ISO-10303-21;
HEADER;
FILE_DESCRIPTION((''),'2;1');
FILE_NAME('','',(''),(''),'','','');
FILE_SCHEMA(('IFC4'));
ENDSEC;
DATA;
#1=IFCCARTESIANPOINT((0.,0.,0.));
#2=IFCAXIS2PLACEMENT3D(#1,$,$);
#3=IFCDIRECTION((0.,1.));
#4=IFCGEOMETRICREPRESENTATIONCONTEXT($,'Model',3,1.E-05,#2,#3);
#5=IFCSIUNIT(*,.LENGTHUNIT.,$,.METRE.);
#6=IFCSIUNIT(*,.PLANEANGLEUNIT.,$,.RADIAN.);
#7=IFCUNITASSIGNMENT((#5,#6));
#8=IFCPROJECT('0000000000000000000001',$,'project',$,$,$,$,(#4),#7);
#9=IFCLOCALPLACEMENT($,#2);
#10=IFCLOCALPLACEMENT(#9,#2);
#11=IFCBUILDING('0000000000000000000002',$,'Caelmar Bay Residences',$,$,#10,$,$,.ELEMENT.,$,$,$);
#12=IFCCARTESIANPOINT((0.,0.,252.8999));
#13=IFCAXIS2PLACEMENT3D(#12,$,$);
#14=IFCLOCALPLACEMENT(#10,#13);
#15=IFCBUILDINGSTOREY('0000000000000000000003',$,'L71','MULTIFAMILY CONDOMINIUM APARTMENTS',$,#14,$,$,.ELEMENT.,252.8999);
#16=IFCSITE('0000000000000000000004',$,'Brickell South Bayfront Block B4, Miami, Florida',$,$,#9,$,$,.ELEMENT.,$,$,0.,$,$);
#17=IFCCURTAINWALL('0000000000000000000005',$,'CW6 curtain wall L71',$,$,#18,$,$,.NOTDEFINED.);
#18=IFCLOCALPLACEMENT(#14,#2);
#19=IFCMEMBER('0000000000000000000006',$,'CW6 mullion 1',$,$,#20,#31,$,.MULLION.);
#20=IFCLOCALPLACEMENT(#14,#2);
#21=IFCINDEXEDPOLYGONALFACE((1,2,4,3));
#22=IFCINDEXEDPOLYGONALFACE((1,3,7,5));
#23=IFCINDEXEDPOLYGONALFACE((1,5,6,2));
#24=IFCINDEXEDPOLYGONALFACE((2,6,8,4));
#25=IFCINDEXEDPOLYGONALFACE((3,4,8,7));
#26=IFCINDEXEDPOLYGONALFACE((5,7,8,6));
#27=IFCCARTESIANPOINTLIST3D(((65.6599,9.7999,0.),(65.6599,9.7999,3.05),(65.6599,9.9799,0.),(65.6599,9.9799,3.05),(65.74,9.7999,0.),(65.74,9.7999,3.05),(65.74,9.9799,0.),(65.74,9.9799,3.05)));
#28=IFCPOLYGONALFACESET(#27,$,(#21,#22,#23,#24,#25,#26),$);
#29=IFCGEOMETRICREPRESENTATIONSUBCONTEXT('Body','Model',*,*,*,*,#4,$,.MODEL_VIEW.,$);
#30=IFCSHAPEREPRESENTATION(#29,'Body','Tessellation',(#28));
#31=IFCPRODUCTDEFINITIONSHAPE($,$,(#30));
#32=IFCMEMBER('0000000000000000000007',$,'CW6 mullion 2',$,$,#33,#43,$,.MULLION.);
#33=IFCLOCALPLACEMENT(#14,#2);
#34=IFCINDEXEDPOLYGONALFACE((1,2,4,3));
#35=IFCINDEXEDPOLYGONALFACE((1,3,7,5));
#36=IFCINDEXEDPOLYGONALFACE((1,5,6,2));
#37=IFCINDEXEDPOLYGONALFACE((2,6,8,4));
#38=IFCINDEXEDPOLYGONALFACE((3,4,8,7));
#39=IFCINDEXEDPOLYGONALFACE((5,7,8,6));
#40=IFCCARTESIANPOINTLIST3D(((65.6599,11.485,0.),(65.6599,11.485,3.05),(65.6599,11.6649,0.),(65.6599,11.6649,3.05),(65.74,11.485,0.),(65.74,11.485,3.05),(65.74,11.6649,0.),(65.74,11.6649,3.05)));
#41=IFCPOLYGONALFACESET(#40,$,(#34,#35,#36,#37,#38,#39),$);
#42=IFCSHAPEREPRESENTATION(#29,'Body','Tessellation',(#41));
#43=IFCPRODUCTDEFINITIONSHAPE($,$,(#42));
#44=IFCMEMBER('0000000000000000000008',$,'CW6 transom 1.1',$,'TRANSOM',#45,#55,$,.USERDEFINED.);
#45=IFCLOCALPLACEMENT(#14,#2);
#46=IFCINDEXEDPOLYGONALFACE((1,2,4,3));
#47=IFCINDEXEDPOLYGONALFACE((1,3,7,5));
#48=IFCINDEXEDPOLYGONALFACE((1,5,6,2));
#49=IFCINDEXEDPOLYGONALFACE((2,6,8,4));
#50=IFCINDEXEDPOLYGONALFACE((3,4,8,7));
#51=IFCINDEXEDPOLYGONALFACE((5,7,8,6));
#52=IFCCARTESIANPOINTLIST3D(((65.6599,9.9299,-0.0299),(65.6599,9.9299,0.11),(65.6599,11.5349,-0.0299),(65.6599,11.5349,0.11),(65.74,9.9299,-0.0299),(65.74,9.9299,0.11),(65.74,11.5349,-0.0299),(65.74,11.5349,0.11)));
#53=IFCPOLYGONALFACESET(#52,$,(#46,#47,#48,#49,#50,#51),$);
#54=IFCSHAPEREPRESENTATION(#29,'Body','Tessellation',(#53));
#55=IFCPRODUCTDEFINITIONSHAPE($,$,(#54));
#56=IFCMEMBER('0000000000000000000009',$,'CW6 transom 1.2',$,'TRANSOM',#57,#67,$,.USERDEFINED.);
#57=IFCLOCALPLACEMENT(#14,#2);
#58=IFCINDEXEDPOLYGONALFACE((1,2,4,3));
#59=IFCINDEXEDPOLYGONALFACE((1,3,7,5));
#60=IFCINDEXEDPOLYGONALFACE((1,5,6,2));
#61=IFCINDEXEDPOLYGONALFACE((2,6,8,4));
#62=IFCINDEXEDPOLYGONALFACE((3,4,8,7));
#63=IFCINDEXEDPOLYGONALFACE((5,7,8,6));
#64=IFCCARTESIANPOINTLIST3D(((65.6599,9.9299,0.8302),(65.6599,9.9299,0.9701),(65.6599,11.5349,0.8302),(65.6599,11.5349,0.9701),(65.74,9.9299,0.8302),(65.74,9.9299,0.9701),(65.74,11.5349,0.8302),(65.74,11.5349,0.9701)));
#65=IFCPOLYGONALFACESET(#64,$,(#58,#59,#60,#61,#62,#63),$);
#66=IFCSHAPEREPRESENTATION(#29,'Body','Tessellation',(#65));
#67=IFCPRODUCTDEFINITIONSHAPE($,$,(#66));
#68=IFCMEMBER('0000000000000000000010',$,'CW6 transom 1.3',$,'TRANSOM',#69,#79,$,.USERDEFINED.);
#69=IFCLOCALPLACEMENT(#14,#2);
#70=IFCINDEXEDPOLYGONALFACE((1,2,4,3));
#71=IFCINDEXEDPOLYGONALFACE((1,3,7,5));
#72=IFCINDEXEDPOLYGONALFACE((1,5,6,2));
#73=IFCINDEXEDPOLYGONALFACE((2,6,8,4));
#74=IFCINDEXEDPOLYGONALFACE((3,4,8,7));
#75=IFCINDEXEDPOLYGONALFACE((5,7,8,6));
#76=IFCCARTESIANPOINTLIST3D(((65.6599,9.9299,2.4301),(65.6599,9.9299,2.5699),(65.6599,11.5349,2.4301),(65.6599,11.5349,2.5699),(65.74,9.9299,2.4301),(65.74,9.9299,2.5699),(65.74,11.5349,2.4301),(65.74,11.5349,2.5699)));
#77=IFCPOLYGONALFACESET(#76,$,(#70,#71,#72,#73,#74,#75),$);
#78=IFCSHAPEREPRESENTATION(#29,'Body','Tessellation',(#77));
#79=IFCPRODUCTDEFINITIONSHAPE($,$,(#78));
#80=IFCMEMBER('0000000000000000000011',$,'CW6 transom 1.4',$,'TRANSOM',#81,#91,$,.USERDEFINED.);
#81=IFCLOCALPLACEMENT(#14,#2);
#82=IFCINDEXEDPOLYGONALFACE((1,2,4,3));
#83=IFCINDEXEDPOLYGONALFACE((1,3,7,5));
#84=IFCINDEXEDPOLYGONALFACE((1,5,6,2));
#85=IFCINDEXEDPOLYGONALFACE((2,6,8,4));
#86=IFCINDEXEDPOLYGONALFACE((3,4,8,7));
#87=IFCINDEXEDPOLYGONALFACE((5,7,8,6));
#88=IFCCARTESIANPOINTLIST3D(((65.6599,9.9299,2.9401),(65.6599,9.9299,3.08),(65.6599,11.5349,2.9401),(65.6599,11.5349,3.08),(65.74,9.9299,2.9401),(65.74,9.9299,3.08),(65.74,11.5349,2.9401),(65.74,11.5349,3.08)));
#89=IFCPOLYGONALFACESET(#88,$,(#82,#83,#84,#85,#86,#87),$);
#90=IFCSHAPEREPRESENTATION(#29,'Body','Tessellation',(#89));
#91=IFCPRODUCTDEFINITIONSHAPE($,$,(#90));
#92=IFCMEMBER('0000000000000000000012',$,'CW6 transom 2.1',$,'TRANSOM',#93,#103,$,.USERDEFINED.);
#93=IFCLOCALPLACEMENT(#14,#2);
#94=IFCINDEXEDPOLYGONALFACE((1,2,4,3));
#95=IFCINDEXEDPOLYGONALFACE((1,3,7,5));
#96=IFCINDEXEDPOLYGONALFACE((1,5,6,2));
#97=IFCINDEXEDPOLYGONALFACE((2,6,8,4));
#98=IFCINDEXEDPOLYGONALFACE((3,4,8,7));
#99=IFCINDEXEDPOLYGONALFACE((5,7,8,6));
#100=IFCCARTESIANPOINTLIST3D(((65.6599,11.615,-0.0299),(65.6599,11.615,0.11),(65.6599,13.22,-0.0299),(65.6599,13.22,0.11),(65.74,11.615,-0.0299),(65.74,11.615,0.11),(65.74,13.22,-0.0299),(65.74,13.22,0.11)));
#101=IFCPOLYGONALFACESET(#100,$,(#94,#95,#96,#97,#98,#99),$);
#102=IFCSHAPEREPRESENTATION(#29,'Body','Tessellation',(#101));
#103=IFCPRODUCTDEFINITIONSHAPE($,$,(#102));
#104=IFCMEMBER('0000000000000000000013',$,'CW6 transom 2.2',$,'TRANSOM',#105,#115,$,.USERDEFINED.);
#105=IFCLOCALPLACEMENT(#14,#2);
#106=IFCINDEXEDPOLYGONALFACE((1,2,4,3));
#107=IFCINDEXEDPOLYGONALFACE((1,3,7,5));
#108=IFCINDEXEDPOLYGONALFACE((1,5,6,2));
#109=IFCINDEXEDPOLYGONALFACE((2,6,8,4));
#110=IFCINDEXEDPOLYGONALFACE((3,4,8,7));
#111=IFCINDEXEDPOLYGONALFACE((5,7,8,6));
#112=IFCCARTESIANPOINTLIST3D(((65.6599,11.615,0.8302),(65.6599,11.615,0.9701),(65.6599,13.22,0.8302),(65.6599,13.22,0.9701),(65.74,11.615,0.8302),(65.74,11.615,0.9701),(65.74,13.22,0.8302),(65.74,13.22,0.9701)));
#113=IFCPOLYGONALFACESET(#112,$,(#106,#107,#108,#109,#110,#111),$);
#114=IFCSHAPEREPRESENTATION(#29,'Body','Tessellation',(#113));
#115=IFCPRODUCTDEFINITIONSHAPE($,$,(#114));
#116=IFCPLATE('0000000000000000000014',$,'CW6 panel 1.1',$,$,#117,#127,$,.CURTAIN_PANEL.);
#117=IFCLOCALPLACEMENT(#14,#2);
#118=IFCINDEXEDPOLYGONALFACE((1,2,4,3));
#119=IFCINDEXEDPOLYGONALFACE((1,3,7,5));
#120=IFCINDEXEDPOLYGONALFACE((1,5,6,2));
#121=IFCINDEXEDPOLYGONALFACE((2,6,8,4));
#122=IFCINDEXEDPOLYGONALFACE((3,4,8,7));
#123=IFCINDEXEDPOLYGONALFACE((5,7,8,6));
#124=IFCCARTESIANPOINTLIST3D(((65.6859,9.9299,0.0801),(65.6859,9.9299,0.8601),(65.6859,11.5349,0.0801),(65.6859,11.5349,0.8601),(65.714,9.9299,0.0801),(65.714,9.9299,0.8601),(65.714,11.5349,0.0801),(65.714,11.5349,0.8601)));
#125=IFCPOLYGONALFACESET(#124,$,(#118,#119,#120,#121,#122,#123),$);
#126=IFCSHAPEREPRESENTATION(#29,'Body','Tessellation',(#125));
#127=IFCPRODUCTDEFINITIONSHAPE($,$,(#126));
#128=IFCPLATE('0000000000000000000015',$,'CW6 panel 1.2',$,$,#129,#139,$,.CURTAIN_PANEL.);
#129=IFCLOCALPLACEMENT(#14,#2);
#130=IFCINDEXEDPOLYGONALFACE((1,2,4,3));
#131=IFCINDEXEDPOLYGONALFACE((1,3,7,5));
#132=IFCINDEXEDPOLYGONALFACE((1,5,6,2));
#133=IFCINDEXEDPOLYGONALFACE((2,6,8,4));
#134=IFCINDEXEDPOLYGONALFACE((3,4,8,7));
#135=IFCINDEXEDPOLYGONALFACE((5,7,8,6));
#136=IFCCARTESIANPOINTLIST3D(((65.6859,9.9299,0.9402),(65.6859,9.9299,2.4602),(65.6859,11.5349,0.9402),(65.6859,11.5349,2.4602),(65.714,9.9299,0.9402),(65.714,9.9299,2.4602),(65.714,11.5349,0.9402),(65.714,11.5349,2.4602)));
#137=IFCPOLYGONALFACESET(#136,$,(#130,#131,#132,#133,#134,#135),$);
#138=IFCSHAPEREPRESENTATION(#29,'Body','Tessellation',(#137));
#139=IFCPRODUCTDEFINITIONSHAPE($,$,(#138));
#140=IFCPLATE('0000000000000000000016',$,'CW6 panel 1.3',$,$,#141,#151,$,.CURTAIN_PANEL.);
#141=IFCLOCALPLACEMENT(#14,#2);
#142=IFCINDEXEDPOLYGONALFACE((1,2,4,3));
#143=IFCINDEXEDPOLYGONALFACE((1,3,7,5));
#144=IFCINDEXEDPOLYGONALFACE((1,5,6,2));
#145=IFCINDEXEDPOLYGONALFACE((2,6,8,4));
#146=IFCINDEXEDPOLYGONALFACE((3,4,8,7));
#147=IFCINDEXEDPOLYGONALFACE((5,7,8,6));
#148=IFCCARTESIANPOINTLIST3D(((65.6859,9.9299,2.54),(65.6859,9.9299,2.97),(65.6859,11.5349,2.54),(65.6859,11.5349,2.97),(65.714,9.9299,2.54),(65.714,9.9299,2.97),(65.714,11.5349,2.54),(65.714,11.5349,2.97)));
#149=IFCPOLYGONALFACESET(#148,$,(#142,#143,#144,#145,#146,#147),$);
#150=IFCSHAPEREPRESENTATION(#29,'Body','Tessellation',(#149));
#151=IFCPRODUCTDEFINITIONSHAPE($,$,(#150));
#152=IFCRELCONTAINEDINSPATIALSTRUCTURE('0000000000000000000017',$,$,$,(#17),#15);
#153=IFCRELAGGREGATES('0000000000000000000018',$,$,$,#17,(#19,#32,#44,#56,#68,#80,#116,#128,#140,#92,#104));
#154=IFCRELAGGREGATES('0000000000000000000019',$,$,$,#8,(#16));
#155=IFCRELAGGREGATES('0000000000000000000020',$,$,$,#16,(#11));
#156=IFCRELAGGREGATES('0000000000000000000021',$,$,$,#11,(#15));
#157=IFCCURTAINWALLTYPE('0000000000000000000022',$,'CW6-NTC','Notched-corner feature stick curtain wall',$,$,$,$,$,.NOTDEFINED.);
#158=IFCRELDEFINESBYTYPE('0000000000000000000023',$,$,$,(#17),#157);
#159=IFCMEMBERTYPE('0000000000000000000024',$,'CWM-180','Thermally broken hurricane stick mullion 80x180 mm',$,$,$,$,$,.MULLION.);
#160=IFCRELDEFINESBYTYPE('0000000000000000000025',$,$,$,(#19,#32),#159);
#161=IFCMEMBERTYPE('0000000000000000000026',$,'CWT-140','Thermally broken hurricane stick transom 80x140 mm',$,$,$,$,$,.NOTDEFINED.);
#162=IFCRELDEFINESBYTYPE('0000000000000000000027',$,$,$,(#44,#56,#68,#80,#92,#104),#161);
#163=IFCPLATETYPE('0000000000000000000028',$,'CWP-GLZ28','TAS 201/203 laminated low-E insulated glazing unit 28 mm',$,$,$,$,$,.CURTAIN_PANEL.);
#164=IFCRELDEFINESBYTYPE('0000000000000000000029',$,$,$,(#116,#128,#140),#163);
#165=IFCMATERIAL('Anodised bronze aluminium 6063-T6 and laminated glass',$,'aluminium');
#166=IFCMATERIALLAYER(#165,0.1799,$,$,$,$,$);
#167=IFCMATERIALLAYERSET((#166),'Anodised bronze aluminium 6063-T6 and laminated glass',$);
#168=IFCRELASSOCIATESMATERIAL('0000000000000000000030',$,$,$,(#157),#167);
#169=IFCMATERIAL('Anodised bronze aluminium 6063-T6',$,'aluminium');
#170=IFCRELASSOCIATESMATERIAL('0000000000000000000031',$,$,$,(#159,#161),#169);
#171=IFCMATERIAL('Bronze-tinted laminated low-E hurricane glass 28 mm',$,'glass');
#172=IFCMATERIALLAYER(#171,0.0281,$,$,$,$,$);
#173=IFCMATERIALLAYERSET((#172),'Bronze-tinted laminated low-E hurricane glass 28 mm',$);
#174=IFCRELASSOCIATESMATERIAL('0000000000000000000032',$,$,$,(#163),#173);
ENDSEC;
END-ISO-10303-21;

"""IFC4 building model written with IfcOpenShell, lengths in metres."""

from ifc_helpers import new_model, si_unit, direction, frame, origin, origin_2d, place, context, subcontext, project, spatial, rectangle, extrude, material, layer, layer_set, material_profile, profile_set, type_object, element, aggregate, save


model = new_model("IFC4")

# Units and contexts
model_context = context("Model", 3, precision=1e-05, world=origin(), true_north=direction((0.0, 1.0)))
body_context = subcontext(model_context, "Body", "Model", "MODEL_VIEW")
ifc_project = project(units=[si_unit("LENGTHUNIT", "METRE"), si_unit("PLANEANGLEUNIT", "RADIAN")], contexts=[model_context])

# Site, building, storey
site_placement = place(None, origin())
site = spatial("IfcSite", under=ifc_project, at=site_placement, Name="Brickell South Bayfront Block B4, Miami, Florida", CompositionType="ELEMENT", RefElevation=0.0)
building_placement = place(site_placement, origin())
building = spatial("IfcBuilding", under=site, at=building_placement, Name="Caelmar Bay Residences", CompositionType="ELEMENT")
storey_placement = place(building_placement, frame((0.0, 0.0, 252.8999)))
storey = spatial("IfcBuildingStorey", under=building, at=storey_placement, Name="L71", Description="MULTIFAMILY CONDOMINIUM APARTMENTS", CompositionType="ELEMENT", Elevation=252.8999)

# Curtain wall, members, plates
ifc_material_1 = material(Name="Anodised bronze aluminium 6063-T6 and laminated glass", Category="aluminium")
ifc_layer_1 = layer(ifc_material_1, 0.1799)
ifc_layer_set_1 = layer_set([ifc_layer_1], Name="Anodised bronze aluminium 6063-T6 and laminated glass")
curtain_wall_type = type_object("IfcCurtainWallType", Name="CW6-NTC", Description="Notched-corner feature stick curtain wall", PredefinedType="NOTDEFINED", material=ifc_layer_set_1)
curtain_wall_placement = place(storey_placement, origin())
curtain_wall = element("IfcCurtainWall", 1, at=curtain_wall_placement, inside=storey, type_object=curtain_wall_type, Name="CW6 curtain wall L71", PredefinedType="NOTDEFINED")
ifc_material_2 = material(Name="Anodised bronze aluminium 6063-T6", Category="aluminium")
ifc_material_profile_1 = material_profile(ifc_material_2, rectangle(XDim=0.0801, YDim=0.1799, at=origin_2d()), Name="CWM-80X180")
ifc_profile_set_1 = profile_set([ifc_material_profile_1], Name="Anodised bronze aluminium 6063-T6")
member_type_1 = type_object("IfcMemberType", Name="CWM-180", Description="Thermally broken hurricane stick mullion 80x180 mm", PredefinedType="MULLION", material=ifc_profile_set_1)
member_1_placement = place(storey_placement, frame((65.7, 9.8899, 0.0), z_axis=(0.0, 0.0, 1.0), x_axis=(-1.0, 0.0, 0.0)))
member_1 = element("IfcMember", 2, at=member_1_placement, type_object=member_type_1, Name="CW6 mullion 1", PredefinedType="MULLION", context=body_context, shape_type="SweptSolid", body=[
    extrude(rectangle(XDim=0.0801, YDim=0.1799, at=origin_2d()), origin(), (0.0, 0.0, 1.0), 3.05),
])
member_2_placement = place(storey_placement, frame((65.7, 11.575, 0.0), z_axis=(0.0, 0.0, 1.0), x_axis=(-1.0, 0.0, 0.0)))
member_2 = element("IfcMember", 3, at=member_2_placement, type_object=member_type_1, Name="CW6 mullion 2", PredefinedType="MULLION", context=body_context, shape_type="SweptSolid", body=[
    extrude(rectangle(XDim=0.0801, YDim=0.1799, at=origin_2d()), origin(), (0.0, 0.0, 1.0), 3.05),
])
ifc_material_profile_2 = material_profile(ifc_material_2, rectangle(XDim=0.0801, YDim=0.1399, at=origin_2d()), Name="CWT-80X140")
ifc_profile_set_2 = profile_set([ifc_material_profile_2], Name="Anodised bronze aluminium 6063-T6")
member_type_2 = type_object("IfcMemberType", Name="CWT-140", Description="Thermally broken hurricane stick transom 80x140 mm", PredefinedType="NOTDEFINED", material=ifc_profile_set_2)
member_3_placement = place(storey_placement, frame((65.7, 9.9299, 0.04), z_axis=(0.0, 1.0, 0.0), x_axis=(-1.0, 0.0, 0.0)))
member_3 = element("IfcMember", 4, at=member_3_placement, type_object=member_type_2, Name="CW6 transom 1.1", ObjectType="TRANSOM", PredefinedType="USERDEFINED", context=body_context, shape_type="SweptSolid", body=[
    extrude(rectangle(XDim=0.0801, YDim=0.1399, at=origin_2d()), origin(), (0.0, 0.0, 1.0), 1.605),
])
member_4_placement = place(storey_placement, frame((65.7, 9.9299, 0.9001), z_axis=(0.0, 1.0, 0.0), x_axis=(-1.0, 0.0, 0.0)))
member_4 = element("IfcMember", 5, at=member_4_placement, type_object=member_type_2, Name="CW6 transom 1.2", ObjectType="TRANSOM", PredefinedType="USERDEFINED", context=body_context, shape_type="SweptSolid", body=[
    extrude(rectangle(XDim=0.0801, YDim=0.1399, at=origin_2d()), origin(), (0.0, 0.0, 1.0), 1.605),
])
member_5_placement = place(storey_placement, frame((65.7, 9.9299, 2.5), z_axis=(0.0, 1.0, 0.0), x_axis=(-1.0, 0.0, 0.0)))
member_5 = element("IfcMember", 6, at=member_5_placement, type_object=member_type_2, Name="CW6 transom 1.3", ObjectType="TRANSOM", PredefinedType="USERDEFINED", context=body_context, shape_type="SweptSolid", body=[
    extrude(rectangle(XDim=0.0801, YDim=0.1399, at=origin_2d()), origin(), (0.0, 0.0, 1.0), 1.605),
])
member_6_placement = place(storey_placement, frame((65.7, 9.9299, 3.01), z_axis=(0.0, 1.0, 0.0), x_axis=(-1.0, 0.0, 0.0)))
member_6 = element("IfcMember", 7, at=member_6_placement, type_object=member_type_2, Name="CW6 transom 1.4", ObjectType="TRANSOM", PredefinedType="USERDEFINED", context=body_context, shape_type="SweptSolid", body=[
    extrude(rectangle(XDim=0.0801, YDim=0.1399, at=origin_2d()), origin(), (0.0, 0.0, 1.0), 1.605),
])
member_7_placement = place(storey_placement, frame((65.7, 11.615, 0.04), z_axis=(0.0, 1.0, 0.0), x_axis=(-1.0, 0.0, 0.0)))
member_7 = element("IfcMember", 8, at=member_7_placement, type_object=member_type_2, Name="CW6 transom 2.1", ObjectType="TRANSOM", PredefinedType="USERDEFINED", context=body_context, shape_type="SweptSolid", body=[
    extrude(rectangle(XDim=0.0801, YDim=0.1399, at=origin_2d()), origin(), (0.0, 0.0, 1.0), 1.605),
])
member_8_placement = place(storey_placement, frame((65.7, 11.615, 0.9001), z_axis=(0.0, 1.0, 0.0), x_axis=(-1.0, 0.0, 0.0)))
member_8 = element("IfcMember", 9, at=member_8_placement, type_object=member_type_2, Name="CW6 transom 2.2", ObjectType="TRANSOM", PredefinedType="USERDEFINED", context=body_context, shape_type="SweptSolid", body=[
    extrude(rectangle(XDim=0.0801, YDim=0.1399, at=origin_2d()), origin(), (0.0, 0.0, 1.0), 1.605),
])
ifc_material_3 = material(Name="Bronze-tinted laminated low-E hurricane glass 28 mm", Category="glass")
ifc_layer_2 = layer(ifc_material_3, 0.0281)
ifc_layer_set_2 = layer_set([ifc_layer_2], Name="Bronze-tinted laminated low-E hurricane glass 28 mm")
plate_type = type_object("IfcPlateType", Name="CWP-GLZ28", Description="TAS 201/203 laminated low-E insulated glazing unit 28 mm", PredefinedType="CURTAIN_PANEL", material=ifc_layer_set_2)
plate_1_placement = place(storey_placement, frame((65.7, 10.7324, 0.0801), z_axis=(0.0, 0.0, 1.0), x_axis=(0.0, 1.0, 0.0)))
plate_1 = element("IfcPlate", 10, at=plate_1_placement, type_object=plate_type, Name="CW6 panel 1.1", PredefinedType="CURTAIN_PANEL", context=body_context, shape_type="SweptSolid", body=[
    extrude(rectangle(XDim=1.605, YDim=0.0281, at=origin_2d()), origin(), (0.0, 0.0, 1.0), 0.78),
])
plate_2_placement = place(storey_placement, frame((65.7, 10.7324, 0.9402), z_axis=(0.0, 0.0, 1.0), x_axis=(0.0, 1.0, 0.0)))
plate_2 = element("IfcPlate", 11, at=plate_2_placement, type_object=plate_type, Name="CW6 panel 1.2", PredefinedType="CURTAIN_PANEL", context=body_context, shape_type="SweptSolid", body=[
    extrude(rectangle(XDim=1.605, YDim=0.0281, at=origin_2d()), origin(), (0.0, 0.0, 1.0), 1.52),
])
plate_3_placement = place(storey_placement, frame((65.7, 10.7324, 2.54), z_axis=(0.0, 0.0, 1.0), x_axis=(0.0, 1.0, 0.0)))
plate_3 = element("IfcPlate", 12, at=plate_3_placement, type_object=plate_type, Name="CW6 panel 1.3", PredefinedType="CURTAIN_PANEL", context=body_context, shape_type="SweptSolid", body=[
    extrude(rectangle(XDim=1.605, YDim=0.0281, at=origin_2d()), origin(), (0.0, 0.0, 1.0), 0.4299),
])
aggregate(curtain_wall, [member_1, member_2, member_3, member_4, member_5, member_6, plate_1, plate_2, plate_3, member_7, member_8])

save(model, "model.ifc")
